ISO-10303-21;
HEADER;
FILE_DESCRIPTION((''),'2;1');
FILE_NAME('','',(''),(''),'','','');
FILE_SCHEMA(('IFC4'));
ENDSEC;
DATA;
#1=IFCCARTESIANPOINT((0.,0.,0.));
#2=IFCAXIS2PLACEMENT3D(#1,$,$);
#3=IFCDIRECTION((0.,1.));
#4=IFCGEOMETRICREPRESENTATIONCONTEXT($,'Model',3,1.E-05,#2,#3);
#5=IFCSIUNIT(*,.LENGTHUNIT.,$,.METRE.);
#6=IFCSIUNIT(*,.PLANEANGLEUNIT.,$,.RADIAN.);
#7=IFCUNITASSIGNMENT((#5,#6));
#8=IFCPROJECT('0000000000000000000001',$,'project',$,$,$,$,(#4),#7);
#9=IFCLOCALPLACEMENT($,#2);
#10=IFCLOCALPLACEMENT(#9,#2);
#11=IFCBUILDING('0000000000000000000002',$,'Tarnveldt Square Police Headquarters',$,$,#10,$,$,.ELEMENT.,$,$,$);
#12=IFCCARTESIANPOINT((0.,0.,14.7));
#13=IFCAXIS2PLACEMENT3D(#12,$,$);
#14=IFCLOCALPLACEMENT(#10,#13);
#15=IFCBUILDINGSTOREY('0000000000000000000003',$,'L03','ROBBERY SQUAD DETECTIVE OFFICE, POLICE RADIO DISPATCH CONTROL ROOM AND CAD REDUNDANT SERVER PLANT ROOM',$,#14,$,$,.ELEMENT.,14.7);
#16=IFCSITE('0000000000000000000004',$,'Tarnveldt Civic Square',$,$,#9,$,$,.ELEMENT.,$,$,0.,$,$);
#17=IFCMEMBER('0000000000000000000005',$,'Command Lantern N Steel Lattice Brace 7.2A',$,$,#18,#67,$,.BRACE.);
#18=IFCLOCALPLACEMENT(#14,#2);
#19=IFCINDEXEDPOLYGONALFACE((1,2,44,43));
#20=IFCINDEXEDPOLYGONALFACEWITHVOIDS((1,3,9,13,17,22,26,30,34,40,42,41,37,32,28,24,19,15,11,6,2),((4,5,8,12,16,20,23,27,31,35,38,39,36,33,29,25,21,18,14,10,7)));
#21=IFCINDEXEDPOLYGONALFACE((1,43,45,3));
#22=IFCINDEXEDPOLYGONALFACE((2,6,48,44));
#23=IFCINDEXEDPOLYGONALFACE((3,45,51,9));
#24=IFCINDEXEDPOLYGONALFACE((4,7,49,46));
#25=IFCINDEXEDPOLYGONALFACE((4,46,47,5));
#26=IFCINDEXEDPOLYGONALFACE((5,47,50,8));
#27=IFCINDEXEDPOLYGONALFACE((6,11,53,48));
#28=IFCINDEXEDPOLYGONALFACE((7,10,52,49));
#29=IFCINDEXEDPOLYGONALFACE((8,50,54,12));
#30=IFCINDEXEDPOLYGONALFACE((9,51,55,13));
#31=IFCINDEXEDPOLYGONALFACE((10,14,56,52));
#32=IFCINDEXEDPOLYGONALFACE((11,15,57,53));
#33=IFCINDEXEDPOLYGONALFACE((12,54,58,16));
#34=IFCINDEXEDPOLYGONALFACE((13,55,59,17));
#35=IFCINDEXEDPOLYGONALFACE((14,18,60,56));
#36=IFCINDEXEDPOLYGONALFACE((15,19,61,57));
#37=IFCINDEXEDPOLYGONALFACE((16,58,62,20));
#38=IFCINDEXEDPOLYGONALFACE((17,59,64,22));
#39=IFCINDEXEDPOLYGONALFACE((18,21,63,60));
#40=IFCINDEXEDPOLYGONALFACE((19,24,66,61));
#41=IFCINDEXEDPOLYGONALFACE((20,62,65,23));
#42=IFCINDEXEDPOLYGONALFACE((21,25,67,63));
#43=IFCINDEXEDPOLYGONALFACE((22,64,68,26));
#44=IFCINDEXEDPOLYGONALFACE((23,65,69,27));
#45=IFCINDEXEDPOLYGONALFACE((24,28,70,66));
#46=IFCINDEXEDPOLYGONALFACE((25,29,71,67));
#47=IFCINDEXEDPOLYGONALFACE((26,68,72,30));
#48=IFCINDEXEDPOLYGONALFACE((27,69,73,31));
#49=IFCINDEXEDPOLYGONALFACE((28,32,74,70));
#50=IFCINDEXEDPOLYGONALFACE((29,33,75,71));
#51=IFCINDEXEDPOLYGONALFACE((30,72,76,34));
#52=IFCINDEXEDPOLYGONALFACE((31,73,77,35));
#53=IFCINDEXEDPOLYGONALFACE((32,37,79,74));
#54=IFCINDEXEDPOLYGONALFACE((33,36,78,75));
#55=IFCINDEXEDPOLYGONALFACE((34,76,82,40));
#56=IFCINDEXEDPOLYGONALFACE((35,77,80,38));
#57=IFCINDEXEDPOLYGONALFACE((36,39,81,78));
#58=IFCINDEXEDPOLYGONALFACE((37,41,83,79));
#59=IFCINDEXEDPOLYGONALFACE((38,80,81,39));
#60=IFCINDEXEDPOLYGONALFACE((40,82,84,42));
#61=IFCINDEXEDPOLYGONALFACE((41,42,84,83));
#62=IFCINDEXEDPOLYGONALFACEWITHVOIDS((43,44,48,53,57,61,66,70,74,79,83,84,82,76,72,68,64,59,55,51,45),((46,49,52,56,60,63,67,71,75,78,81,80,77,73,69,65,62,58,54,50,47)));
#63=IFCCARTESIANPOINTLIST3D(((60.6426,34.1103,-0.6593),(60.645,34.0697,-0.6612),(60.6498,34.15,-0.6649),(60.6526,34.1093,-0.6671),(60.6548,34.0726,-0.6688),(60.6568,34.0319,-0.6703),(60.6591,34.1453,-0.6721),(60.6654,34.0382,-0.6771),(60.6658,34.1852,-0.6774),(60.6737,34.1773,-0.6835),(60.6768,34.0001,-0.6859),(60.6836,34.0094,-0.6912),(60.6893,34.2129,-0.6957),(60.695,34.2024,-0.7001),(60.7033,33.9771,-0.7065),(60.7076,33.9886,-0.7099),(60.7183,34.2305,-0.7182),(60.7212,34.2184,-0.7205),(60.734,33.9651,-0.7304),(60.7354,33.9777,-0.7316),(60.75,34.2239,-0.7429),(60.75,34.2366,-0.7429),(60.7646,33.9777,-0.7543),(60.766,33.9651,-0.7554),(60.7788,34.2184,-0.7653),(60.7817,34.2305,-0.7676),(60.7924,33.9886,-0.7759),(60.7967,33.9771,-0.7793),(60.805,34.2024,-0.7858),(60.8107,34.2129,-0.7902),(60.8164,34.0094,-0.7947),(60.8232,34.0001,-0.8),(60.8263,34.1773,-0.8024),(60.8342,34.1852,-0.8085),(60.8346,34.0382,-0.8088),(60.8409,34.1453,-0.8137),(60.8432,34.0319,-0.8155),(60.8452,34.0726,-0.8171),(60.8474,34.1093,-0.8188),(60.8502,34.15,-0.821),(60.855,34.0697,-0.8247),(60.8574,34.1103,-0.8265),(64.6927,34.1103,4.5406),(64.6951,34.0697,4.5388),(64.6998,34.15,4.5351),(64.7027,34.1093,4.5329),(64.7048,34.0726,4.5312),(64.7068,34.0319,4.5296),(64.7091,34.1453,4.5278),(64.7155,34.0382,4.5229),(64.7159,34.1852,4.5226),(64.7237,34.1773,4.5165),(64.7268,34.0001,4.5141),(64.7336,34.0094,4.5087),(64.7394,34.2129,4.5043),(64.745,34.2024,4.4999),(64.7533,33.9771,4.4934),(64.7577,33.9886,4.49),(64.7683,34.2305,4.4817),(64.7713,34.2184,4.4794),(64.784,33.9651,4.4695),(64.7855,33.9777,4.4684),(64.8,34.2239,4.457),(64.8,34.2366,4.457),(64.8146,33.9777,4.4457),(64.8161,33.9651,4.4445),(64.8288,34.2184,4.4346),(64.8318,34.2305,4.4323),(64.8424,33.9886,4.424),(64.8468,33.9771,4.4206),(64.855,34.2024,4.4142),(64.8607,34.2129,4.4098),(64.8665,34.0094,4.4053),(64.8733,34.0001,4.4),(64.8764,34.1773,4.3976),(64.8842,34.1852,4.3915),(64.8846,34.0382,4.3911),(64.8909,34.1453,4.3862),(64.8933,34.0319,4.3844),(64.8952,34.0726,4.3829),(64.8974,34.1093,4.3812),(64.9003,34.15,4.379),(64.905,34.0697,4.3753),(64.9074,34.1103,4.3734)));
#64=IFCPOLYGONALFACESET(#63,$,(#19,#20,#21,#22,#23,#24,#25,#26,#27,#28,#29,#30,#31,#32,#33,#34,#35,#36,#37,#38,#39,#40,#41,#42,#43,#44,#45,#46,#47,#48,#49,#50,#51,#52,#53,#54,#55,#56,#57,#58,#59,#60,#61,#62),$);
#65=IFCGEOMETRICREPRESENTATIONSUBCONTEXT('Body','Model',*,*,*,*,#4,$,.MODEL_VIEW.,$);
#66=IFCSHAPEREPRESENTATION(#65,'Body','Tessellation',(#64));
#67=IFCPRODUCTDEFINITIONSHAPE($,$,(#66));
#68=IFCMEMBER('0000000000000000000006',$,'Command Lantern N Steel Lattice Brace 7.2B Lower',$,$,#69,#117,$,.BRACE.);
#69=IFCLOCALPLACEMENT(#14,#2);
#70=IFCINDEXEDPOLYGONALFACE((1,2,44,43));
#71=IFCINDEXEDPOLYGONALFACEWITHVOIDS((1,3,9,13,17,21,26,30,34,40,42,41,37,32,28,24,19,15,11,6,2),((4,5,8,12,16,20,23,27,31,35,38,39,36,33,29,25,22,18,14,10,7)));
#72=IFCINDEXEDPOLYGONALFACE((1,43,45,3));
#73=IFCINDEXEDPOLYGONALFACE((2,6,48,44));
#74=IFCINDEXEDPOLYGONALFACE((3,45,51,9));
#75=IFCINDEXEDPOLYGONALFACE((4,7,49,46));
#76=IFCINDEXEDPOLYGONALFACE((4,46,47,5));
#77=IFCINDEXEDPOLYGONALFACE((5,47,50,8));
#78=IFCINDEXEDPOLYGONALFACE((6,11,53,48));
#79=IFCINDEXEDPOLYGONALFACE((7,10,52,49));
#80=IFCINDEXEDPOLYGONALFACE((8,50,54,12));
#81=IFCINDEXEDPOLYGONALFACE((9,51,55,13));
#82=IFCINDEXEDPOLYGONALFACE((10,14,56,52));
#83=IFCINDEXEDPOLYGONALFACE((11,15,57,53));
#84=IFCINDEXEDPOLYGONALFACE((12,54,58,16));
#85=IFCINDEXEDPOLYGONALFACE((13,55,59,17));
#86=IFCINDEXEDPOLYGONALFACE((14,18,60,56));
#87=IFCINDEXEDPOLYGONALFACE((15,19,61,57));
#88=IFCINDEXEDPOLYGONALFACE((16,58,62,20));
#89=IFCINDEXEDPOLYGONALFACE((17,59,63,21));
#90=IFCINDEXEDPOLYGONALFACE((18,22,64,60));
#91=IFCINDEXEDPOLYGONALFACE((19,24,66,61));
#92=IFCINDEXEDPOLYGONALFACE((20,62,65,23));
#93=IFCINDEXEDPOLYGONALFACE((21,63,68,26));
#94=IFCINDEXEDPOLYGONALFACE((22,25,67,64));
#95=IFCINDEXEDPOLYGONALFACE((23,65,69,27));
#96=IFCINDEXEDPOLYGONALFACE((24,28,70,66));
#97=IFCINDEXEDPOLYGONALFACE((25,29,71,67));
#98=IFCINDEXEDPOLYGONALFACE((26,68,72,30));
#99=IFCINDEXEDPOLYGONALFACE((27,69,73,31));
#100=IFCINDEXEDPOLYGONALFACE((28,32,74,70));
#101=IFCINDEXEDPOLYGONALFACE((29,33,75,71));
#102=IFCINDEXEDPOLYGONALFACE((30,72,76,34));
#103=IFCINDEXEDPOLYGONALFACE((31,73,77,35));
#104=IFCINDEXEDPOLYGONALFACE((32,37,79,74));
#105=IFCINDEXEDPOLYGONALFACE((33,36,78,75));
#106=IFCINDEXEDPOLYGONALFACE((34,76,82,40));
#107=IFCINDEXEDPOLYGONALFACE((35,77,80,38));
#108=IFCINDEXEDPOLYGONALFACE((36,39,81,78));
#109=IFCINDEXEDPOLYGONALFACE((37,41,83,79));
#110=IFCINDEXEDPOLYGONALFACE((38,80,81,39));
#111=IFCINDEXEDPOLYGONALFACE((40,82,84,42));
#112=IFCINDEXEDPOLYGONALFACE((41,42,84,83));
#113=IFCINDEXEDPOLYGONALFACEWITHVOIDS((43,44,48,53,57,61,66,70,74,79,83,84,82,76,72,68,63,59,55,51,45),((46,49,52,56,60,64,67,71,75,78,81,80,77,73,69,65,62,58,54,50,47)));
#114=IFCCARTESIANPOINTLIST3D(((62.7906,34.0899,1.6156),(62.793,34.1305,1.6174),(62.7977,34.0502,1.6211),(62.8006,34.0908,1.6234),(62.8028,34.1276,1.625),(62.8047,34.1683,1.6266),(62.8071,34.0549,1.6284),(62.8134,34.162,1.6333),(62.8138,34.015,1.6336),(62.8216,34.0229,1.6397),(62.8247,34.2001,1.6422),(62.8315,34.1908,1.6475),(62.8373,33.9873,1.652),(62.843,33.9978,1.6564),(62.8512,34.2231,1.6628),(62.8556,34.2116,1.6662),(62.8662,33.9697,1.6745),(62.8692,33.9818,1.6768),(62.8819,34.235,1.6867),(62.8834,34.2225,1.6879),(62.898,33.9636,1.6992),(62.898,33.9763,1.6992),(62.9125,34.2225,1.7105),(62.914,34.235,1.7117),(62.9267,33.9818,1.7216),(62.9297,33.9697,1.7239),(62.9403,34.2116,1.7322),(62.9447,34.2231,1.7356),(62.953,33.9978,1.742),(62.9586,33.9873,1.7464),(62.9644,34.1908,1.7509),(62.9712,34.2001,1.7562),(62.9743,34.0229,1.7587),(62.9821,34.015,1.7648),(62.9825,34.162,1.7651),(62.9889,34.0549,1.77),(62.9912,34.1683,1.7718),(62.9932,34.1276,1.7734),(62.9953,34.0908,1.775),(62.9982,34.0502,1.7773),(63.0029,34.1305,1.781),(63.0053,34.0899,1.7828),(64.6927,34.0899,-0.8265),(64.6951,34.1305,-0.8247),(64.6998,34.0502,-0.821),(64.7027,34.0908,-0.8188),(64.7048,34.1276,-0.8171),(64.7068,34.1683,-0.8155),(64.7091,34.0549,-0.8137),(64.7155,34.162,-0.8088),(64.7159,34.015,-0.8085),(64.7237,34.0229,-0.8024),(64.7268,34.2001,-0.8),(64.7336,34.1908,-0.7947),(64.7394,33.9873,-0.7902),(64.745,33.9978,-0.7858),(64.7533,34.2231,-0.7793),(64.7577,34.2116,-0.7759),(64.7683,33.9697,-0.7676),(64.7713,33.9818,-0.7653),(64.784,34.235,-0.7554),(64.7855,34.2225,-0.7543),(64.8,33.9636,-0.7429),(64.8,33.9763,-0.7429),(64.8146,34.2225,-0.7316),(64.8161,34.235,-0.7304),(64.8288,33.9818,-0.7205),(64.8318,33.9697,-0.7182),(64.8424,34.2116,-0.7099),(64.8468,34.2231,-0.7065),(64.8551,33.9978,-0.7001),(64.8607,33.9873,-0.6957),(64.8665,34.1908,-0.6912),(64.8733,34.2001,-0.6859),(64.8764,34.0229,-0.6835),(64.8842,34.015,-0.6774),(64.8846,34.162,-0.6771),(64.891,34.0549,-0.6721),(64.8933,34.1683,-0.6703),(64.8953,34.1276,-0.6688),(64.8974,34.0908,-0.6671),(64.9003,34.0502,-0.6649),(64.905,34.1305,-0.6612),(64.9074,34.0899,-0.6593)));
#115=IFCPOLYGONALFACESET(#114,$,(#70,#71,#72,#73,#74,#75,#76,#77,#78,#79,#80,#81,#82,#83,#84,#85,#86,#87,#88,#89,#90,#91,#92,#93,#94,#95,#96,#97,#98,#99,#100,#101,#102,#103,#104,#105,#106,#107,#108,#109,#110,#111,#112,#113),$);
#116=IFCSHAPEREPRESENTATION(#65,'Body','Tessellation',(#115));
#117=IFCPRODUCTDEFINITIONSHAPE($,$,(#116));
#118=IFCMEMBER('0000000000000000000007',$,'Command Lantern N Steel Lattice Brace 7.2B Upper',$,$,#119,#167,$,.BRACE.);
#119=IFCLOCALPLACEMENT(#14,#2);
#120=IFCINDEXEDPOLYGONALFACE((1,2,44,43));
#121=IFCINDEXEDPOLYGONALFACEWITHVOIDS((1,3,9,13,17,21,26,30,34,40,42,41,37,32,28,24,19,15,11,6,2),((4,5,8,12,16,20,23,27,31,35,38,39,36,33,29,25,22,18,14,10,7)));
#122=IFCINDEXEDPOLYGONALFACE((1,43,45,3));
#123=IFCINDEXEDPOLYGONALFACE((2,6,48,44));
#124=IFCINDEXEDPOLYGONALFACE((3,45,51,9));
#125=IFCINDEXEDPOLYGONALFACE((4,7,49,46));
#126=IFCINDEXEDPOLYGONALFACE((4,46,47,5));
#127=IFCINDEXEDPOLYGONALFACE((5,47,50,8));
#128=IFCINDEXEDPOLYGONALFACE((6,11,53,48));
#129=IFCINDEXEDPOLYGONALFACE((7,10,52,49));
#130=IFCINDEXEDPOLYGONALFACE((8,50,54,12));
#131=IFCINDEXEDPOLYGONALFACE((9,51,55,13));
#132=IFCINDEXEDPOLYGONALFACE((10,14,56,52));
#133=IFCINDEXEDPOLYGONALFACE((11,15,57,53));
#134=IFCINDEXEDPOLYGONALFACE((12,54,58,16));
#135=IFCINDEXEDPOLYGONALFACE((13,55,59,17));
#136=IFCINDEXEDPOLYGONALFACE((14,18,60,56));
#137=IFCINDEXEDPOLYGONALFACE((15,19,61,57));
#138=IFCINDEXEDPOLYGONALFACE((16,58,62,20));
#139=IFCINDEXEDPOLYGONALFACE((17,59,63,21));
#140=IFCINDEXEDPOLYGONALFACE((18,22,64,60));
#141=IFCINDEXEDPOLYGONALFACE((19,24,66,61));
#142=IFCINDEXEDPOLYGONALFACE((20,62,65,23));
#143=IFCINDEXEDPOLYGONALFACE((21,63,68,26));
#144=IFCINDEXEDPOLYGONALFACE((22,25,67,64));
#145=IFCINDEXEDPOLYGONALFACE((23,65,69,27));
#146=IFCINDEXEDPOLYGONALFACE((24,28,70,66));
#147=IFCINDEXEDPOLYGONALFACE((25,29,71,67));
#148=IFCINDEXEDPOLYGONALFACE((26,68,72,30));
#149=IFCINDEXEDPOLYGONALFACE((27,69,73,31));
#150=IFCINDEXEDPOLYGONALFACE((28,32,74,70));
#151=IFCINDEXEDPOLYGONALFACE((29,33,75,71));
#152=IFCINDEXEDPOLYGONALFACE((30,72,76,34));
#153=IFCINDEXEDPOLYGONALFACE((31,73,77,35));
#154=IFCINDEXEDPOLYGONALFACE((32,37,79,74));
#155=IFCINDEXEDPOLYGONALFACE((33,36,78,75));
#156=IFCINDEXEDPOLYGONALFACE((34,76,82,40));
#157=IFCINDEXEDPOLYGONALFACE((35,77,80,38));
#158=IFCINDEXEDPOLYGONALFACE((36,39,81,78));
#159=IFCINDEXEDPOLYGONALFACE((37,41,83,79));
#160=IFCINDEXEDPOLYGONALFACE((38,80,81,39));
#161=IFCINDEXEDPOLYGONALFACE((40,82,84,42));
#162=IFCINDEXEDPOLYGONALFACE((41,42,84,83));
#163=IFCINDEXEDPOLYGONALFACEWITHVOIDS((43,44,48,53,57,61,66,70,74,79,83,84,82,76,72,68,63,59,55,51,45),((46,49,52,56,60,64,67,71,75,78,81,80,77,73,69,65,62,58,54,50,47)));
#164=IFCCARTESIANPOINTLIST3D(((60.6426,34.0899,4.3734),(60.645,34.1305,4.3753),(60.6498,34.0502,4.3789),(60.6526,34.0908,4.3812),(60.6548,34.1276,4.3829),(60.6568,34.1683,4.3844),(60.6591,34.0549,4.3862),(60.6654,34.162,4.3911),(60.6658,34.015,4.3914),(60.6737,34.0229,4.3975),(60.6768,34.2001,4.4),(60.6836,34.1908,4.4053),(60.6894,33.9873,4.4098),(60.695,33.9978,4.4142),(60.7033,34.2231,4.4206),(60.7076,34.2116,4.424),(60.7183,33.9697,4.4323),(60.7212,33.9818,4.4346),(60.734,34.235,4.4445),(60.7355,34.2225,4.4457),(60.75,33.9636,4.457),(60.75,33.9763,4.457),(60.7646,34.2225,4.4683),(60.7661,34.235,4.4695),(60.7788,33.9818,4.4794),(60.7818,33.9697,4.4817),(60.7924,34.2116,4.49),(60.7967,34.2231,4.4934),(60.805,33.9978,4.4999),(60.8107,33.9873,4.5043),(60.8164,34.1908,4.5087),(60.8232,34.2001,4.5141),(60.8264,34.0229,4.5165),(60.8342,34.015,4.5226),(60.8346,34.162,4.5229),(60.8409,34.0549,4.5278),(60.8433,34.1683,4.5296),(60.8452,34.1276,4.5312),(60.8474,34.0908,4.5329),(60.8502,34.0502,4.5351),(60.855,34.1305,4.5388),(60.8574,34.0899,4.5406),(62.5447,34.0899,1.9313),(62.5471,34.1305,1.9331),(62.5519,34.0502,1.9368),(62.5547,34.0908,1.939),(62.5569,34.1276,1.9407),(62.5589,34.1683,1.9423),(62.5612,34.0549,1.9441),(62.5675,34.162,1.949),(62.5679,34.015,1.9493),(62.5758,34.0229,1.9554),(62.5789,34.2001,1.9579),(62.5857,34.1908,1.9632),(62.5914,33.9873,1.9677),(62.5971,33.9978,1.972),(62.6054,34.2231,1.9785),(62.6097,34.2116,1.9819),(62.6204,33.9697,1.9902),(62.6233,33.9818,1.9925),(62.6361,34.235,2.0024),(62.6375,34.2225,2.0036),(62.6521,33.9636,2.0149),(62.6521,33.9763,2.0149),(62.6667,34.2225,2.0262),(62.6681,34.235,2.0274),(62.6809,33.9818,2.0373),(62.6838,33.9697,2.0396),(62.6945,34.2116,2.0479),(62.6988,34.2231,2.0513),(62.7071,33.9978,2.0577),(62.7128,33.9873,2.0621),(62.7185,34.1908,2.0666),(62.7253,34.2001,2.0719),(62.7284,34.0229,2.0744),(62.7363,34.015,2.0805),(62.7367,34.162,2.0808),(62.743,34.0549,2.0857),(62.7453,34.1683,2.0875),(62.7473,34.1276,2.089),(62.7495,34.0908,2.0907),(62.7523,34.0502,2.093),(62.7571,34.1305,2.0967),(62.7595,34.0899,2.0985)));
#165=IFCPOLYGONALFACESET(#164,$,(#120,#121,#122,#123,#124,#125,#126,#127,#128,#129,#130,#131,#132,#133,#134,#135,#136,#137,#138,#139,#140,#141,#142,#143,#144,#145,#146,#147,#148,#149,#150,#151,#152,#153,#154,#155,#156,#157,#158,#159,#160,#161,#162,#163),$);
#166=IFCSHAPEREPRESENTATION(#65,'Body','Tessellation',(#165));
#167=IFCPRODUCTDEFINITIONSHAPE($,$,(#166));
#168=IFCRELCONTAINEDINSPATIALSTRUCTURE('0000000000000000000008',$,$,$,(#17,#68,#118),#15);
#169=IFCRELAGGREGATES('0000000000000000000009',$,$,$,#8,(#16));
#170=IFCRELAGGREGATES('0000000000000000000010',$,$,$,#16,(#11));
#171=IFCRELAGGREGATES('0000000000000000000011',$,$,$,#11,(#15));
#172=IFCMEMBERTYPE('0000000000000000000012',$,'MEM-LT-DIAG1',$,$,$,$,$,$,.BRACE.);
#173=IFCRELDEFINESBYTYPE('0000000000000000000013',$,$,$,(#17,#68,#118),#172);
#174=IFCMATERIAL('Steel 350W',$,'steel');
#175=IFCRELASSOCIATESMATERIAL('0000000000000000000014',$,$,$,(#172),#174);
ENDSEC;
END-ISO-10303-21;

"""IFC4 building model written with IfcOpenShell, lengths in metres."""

from ifc_helpers import new_model, si_unit, direction, frame, origin, origin_2d, place, context, subcontext, project, spatial, hollow_circle, extrude, material, material_profile, profile_set, type_object, element, save


model = new_model("IFC4")

# Units and contexts
model_context = context("Model", 3, precision=1e-05, world=origin(), true_north=direction((0.0, 1.0)))
body_context = subcontext(model_context, "Body", "Model", "MODEL_VIEW")
ifc_project = project(units=[si_unit("LENGTHUNIT", "METRE"), si_unit("PLANEANGLEUNIT", "RADIAN")], contexts=[model_context])

# Site, building, storey
site_placement = place(None, origin())
site = spatial("IfcSite", under=ifc_project, at=site_placement, Name="Tarnveldt Civic Square", CompositionType="ELEMENT", RefElevation=0.0)
building_placement = place(site_placement, origin())
building = spatial("IfcBuilding", under=site, at=building_placement, Name="Tarnveldt Square Police Headquarters", CompositionType="ELEMENT")
storey_placement = place(building_placement, frame((0.0, 0.0, 14.7)))
storey = spatial("IfcBuildingStorey", under=building, at=storey_placement, Name="L03", Description="ROBBERY SQUAD DETECTIVE OFFICE, POLICE RADIO DISPATCH CONTROL ROOM AND CAD REDUNDANT SERVER PLANT ROOM", CompositionType="ELEMENT", Elevation=14.7)

# Shared definitions
ifc_material_1 = material(Name="Steel 350W", Category="steel")

# Members
ifc_material_profile_1 = material_profile(ifc_material_1, hollow_circle(Radius=0.1365, WallThickness=0.0127, at=origin_2d()), Name="HSS273x13")
ifc_profile_set_1 = profile_set([ifc_material_profile_1], Name="Steel 350W")
member_type_1 = type_object("IfcMemberType", Name="MEM-LT-DIAG1", PredefinedType="BRACE", material=ifc_profile_set_1)
member_1_placement = place(storey_placement, frame((60.75, 34.1001, -0.7429), z_axis=(0.614474, 0.0, 0.788937), x_axis=(0.0, 1.0, 0.0)))
element("IfcMember", 1, at=member_1_placement, inside=storey, type_object=member_type_1, Name="Command Lantern N Steel Lattice Brace 7.2A", PredefinedType="BRACE", context=body_context, shape_type="SweptSolid", body=[
    extrude(hollow_circle(Radius=0.1365, WallThickness=0.0127, at=origin_2d()), origin(), (0.0, 0.0, 1.0), 6.5911),
])
for number, where, z_axis, x_axis, name in (
    (2, (64.8, 34.1001, -0.7429), (-0.614476, 0.0, 0.788936), (0.0, -1.0, 0.0), "Command Lantern N Steel Lattice Brace 7.2B Lower"),
    (3, (62.6521, 34.1001, 2.0149), (-0.614476, 0.0, 0.788936), (0.0, -1.0, 0.0), "Command Lantern N Steel Lattice Brace 7.2B Upper"),
):
    element("IfcMember", number, at=place(storey_placement, frame(where, z_axis=z_axis, x_axis=x_axis)), inside=storey, type_object=member_type_1, Name=name, PredefinedType="BRACE", context=body_context, shape_type="SweptSolid", body=[
        extrude(hollow_circle(Radius=0.1365, WallThickness=0.0127, at=origin_2d()), origin(), (0.0, 0.0, 1.0), 3.0955),
    ])

save(model, "model.ifc")
